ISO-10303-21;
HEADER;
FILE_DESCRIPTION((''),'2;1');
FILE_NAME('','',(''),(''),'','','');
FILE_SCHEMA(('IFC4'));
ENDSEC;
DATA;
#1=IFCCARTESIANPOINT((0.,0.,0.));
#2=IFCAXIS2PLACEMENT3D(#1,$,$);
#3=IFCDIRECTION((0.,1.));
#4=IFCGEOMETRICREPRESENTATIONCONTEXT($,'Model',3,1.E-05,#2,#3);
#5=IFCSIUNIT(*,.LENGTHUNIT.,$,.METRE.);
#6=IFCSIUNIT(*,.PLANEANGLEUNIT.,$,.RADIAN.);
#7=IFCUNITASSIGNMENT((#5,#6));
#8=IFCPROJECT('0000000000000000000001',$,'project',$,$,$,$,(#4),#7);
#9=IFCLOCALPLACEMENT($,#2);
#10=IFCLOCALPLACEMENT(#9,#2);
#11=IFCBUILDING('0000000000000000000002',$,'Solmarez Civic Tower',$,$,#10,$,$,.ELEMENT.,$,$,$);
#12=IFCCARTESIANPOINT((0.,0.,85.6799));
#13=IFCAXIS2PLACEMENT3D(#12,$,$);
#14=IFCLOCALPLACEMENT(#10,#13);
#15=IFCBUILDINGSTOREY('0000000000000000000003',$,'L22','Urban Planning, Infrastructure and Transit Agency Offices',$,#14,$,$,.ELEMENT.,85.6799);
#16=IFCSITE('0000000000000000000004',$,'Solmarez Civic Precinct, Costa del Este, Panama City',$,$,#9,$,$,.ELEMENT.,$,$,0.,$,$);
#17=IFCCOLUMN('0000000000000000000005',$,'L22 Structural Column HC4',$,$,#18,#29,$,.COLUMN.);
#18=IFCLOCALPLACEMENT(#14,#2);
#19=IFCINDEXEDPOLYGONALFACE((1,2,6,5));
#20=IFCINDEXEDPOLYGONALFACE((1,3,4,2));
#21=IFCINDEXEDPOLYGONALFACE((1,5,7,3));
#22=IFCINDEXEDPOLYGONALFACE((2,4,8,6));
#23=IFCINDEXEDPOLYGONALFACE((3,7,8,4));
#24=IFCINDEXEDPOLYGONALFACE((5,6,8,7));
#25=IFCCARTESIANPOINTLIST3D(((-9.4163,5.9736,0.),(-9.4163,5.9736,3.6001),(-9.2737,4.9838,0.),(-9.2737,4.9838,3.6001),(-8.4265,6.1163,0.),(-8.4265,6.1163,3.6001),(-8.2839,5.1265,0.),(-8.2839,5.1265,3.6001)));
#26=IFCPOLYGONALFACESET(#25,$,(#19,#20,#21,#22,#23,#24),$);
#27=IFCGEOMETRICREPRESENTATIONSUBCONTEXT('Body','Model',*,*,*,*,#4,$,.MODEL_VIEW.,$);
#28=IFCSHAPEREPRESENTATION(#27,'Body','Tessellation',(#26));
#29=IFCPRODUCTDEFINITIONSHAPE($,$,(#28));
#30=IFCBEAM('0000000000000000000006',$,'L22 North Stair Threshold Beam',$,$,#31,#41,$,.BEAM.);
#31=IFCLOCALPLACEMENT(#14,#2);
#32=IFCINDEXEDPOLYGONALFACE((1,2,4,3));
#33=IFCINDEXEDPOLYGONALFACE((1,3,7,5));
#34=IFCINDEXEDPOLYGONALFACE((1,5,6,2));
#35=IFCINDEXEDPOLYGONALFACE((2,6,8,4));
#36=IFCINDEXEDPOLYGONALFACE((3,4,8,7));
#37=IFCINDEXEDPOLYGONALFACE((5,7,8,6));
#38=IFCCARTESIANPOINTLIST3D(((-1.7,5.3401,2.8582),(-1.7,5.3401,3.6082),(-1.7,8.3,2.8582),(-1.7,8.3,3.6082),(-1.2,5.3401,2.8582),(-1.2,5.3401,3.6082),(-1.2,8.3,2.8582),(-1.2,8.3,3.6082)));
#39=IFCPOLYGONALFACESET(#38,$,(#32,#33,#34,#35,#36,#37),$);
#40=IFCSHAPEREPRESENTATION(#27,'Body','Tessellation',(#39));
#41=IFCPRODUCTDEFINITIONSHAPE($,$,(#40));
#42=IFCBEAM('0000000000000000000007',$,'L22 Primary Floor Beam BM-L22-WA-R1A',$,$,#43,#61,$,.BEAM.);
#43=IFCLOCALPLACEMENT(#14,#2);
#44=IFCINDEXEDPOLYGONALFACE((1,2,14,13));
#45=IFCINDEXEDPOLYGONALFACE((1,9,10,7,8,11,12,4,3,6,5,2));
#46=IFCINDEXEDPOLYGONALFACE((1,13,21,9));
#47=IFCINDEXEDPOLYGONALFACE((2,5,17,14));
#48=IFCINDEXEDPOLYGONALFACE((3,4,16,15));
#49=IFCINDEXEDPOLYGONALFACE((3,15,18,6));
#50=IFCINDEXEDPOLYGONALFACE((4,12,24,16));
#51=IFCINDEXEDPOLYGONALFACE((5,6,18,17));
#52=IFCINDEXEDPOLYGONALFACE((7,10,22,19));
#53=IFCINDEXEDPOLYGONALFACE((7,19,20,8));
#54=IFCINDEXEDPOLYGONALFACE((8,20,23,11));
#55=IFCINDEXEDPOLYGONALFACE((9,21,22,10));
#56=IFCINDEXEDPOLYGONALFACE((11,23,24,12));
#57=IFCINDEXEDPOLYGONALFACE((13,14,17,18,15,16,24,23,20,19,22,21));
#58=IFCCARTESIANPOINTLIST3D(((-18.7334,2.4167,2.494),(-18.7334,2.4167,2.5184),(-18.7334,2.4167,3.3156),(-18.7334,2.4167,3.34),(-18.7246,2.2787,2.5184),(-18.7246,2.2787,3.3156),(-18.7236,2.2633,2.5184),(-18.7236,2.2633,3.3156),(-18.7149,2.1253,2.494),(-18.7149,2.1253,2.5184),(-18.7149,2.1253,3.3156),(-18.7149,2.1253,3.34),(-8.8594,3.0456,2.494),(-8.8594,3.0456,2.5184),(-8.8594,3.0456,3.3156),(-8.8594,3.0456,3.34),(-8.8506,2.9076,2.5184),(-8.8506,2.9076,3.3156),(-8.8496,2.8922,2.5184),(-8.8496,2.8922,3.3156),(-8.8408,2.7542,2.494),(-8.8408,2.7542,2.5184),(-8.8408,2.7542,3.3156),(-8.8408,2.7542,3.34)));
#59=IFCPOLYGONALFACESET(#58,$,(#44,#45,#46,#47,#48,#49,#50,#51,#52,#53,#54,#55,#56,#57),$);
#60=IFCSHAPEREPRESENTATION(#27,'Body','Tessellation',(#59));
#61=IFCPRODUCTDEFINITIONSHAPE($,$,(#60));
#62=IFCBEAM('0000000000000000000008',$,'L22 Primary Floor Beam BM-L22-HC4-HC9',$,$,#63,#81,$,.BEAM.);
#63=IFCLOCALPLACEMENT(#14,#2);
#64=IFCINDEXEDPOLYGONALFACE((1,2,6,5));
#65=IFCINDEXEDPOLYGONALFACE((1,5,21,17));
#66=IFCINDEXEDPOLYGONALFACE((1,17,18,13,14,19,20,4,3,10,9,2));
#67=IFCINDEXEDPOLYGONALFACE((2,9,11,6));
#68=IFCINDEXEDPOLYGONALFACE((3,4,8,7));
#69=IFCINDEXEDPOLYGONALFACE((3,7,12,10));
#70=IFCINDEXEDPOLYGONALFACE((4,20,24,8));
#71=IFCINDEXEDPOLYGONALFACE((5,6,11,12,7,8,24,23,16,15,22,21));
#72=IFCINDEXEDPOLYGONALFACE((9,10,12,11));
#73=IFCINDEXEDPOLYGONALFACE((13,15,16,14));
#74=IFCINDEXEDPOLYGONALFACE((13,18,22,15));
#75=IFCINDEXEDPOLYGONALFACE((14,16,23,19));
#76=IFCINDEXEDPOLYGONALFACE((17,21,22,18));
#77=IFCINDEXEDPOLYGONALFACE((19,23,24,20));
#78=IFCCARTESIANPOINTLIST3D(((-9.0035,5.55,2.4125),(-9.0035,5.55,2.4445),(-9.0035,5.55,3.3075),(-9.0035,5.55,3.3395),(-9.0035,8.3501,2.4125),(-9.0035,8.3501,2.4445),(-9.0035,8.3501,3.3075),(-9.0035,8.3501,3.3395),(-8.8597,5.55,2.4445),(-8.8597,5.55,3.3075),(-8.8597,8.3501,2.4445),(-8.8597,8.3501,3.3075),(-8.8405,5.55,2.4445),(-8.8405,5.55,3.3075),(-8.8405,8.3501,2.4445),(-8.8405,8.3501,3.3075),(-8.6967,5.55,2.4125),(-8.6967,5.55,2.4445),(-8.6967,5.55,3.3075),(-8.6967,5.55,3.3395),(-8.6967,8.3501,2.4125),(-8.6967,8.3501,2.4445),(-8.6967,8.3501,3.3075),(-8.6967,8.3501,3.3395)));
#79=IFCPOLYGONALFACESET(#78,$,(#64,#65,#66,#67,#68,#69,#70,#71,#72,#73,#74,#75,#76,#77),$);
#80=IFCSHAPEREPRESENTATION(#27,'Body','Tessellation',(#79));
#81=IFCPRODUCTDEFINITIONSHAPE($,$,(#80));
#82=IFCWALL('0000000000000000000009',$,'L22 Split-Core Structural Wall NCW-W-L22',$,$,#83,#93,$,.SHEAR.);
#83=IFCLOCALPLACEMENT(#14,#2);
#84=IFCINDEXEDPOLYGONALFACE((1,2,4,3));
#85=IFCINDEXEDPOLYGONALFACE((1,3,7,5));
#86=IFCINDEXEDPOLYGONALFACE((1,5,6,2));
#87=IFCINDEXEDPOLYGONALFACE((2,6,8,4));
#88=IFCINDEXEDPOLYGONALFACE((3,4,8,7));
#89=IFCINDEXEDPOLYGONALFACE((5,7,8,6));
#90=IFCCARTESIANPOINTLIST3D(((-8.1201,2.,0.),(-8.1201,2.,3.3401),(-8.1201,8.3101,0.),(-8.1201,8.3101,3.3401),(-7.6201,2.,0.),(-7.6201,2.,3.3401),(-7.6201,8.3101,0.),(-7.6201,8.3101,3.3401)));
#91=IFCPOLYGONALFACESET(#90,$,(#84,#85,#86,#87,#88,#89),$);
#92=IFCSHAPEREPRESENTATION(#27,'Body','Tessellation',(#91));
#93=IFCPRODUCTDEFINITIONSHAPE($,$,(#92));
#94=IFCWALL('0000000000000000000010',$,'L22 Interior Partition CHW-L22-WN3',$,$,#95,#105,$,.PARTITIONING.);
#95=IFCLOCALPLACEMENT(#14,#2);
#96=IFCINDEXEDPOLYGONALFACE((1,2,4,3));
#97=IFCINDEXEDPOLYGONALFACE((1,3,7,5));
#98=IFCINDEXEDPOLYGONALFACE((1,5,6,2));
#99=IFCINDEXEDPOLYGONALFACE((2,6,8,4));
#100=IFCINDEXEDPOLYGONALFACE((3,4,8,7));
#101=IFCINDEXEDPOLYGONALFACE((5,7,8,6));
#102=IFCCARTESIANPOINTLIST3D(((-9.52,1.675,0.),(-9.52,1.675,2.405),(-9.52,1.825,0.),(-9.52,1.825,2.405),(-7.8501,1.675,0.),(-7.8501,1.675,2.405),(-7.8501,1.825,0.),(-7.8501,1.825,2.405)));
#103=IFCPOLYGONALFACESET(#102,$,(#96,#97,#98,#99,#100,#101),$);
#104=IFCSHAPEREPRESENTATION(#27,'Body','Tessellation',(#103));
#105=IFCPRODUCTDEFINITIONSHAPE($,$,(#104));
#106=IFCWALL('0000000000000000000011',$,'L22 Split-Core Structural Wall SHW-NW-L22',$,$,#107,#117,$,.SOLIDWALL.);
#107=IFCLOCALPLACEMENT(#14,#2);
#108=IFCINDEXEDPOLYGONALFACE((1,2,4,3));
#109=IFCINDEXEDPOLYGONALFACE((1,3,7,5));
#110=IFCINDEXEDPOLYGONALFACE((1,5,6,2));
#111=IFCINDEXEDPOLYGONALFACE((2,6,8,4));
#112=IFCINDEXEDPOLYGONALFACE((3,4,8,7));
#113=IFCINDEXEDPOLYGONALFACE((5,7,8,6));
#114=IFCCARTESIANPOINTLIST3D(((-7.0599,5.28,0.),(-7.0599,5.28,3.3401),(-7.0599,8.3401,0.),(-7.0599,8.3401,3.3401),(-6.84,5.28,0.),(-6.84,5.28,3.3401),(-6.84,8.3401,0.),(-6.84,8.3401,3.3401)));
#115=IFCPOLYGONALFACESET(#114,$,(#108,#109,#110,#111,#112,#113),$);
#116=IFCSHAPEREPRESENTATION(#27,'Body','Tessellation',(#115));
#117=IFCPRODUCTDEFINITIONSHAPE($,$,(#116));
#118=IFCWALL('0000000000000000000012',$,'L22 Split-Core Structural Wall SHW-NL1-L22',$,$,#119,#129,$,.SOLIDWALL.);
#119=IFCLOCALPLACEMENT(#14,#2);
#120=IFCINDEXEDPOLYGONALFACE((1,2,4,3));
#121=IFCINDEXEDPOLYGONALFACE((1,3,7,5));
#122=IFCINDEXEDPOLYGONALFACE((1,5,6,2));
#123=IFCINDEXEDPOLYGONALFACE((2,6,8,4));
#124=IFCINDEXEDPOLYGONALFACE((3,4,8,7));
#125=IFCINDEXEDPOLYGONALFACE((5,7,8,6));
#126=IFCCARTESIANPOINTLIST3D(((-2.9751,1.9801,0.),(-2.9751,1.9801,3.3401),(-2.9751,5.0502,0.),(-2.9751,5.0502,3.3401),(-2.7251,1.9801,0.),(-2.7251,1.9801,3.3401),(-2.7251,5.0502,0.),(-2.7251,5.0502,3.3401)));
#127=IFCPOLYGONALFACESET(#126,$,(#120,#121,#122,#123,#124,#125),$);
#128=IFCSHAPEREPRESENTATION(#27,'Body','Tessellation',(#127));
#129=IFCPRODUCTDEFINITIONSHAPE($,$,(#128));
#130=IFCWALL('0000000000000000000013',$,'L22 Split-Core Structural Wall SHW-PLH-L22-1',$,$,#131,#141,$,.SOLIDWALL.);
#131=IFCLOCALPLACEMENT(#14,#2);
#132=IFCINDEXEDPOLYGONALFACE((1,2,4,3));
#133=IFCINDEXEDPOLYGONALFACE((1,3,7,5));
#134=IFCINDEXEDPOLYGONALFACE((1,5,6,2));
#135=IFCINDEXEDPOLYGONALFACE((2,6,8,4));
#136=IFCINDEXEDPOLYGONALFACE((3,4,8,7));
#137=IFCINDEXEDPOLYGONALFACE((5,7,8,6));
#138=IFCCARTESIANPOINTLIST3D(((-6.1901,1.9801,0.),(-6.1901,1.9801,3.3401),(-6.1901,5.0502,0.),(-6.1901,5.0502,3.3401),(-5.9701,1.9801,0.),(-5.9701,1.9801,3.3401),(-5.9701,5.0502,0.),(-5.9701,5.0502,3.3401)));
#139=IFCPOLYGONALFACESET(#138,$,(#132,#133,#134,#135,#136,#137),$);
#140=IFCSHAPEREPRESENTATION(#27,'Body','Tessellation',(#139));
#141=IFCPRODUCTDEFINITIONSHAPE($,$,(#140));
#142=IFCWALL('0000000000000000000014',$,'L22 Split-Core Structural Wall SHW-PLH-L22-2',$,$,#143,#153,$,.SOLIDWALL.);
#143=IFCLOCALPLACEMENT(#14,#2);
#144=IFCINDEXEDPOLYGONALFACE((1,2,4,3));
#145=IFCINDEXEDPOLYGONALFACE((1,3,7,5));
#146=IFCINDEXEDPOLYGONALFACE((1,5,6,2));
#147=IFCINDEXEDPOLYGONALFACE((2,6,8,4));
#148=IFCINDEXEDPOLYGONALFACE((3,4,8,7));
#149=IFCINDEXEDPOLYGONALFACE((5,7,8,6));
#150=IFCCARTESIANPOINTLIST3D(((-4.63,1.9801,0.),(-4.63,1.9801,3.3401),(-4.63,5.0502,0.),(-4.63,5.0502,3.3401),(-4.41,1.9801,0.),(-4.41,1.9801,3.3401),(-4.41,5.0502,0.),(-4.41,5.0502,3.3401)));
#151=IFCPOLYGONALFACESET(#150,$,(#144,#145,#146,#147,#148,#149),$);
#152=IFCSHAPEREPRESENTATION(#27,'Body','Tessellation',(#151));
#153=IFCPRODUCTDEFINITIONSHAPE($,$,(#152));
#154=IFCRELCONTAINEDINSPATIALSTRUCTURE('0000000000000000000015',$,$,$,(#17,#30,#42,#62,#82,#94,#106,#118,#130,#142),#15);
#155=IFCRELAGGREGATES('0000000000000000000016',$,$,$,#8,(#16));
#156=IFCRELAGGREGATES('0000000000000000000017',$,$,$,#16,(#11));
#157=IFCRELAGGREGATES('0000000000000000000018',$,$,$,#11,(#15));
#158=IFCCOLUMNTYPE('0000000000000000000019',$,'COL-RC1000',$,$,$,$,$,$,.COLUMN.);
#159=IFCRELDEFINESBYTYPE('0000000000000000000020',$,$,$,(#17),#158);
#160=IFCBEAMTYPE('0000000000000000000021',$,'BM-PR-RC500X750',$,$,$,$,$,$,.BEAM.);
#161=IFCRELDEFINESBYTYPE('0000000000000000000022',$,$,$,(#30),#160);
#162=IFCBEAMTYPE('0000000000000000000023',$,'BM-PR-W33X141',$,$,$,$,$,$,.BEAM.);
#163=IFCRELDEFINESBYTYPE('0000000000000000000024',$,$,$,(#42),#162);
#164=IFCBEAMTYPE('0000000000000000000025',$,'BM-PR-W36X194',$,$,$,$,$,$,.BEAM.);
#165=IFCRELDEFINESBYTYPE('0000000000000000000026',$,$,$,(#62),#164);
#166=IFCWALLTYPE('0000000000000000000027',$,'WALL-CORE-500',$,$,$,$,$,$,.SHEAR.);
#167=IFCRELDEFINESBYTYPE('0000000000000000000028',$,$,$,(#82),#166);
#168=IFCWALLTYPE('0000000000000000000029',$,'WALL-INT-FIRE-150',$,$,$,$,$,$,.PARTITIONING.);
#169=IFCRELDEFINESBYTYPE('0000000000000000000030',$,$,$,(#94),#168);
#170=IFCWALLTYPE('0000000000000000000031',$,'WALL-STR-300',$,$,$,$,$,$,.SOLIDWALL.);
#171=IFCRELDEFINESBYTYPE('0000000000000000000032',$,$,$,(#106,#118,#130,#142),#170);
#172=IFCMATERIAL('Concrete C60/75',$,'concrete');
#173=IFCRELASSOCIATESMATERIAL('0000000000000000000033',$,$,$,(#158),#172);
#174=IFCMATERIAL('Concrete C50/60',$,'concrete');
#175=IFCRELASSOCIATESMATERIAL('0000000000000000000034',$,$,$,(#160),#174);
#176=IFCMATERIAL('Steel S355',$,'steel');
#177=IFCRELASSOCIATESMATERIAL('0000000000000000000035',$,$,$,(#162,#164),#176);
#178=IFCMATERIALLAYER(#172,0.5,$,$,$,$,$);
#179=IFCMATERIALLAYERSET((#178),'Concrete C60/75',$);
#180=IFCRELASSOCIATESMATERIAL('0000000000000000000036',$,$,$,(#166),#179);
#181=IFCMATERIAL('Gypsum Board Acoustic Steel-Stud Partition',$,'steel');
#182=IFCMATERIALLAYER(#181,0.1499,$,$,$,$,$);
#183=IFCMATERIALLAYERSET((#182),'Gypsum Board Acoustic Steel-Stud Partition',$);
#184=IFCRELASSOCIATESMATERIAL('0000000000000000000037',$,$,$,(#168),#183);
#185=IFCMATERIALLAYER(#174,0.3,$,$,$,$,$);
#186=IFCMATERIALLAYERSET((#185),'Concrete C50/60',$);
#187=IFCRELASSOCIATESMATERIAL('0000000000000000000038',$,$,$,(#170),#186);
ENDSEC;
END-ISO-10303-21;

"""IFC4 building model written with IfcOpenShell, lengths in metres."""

from ifc_helpers import new_model, si_unit, direction, frame, frame_2d, origin, origin_2d, place, context, subcontext, project, spatial, rectangle, i_section, extrude, material, layer, layer_set, material_profile, profile_set, type_object, element, save


model = new_model("IFC4")

# Units and contexts
model_context = context("Model", 3, precision=1e-05, world=origin(), true_north=direction((0.0, 1.0)))
body_context = subcontext(model_context, "Body", "Model", "MODEL_VIEW")
ifc_project = project(units=[si_unit("LENGTHUNIT", "METRE"), si_unit("PLANEANGLEUNIT", "RADIAN")], contexts=[model_context])

# Site, building, storey
site_placement = place(None, origin())
site = spatial("IfcSite", under=ifc_project, at=site_placement, Name="Solmarez Civic Precinct, Costa del Este, Panama City", CompositionType="ELEMENT", RefElevation=0.0)
building_placement = place(site_placement, origin())
building = spatial("IfcBuilding", under=site, at=building_placement, Name="Solmarez Civic Tower", CompositionType="ELEMENT")
storey_placement = place(building_placement, frame((0.0, 0.0, 85.6799)))
storey = spatial("IfcBuildingStorey", under=building, at=storey_placement, Name="L22", Description="Urban Planning, Infrastructure and Transit Agency Offices", CompositionType="ELEMENT", Elevation=85.6799)

# Column
ifc_material_1 = material(Name="Concrete C60/75", Category="concrete")
ifc_material_profile_1 = material_profile(ifc_material_1, rectangle(XDim=1.0, YDim=1.0, at=origin_2d()), Name="RC1000X1000")
ifc_profile_set_1 = profile_set([ifc_material_profile_1], Name="Concrete C60/75")
column_type = type_object("IfcColumnType", Name="COL-RC1000", PredefinedType="COLUMN", material=ifc_profile_set_1)
column_placement = place(storey_placement, frame((-8.8501, 5.55, 0.0), z_axis=(0.0, 0.0, 1.0), x_axis=(0.989776, 0.142629, 0.0)))
element("IfcColumn", 1, at=column_placement, inside=storey, type_object=column_type, Name="L22 Structural Column HC4", PredefinedType="COLUMN", context=body_context, shape_type="SweptSolid", body=[
    extrude(rectangle(XDim=1.0, YDim=1.0, at=origin_2d()), origin(), (0.0, 0.0, 1.0), 3.6001),
])

# Beams
ifc_material_2 = material(Name="Concrete C50/60", Category="concrete")
ifc_material_profile_2 = material_profile(ifc_material_2, rectangle(XDim=0.5, YDim=0.75, at=origin_2d()), Name="RC500X750")
ifc_profile_set_2 = profile_set([ifc_material_profile_2], Name="Concrete C50/60")
beam_type_1 = type_object("IfcBeamType", Name="BM-PR-RC500X750", PredefinedType="BEAM", material=ifc_profile_set_2)
beam_1_placement = place(storey_placement, frame((-1.45, 5.3401, 3.2332), z_axis=(0.0, 1.0, 0.0), x_axis=(-1.0, 0.0, 0.0)))
element("IfcBeam", 2, at=beam_1_placement, inside=storey, type_object=beam_type_1, Name="L22 North Stair Threshold Beam", PredefinedType="BEAM", context=body_context, shape_type="SweptSolid", body=[
    extrude(rectangle(XDim=0.5, YDim=0.75, at=origin_2d()), origin(), (0.0, 0.0, 1.0), 2.96),
])
ifc_material_3 = material(Name="Steel S355", Category="steel")
ifc_material_profile_3 = material_profile(ifc_material_3, i_section(OverallWidth=0.292, OverallDepth=0.8459, WebThickness=0.0154, FlangeThickness=0.0244, at=origin_2d()), Name="W33X141")
ifc_profile_set_3 = profile_set([ifc_material_profile_3], Name="Steel S355")
beam_type_2 = type_object("IfcBeamType", Name="BM-PR-W33X141", PredefinedType="BEAM", material=ifc_profile_set_3)
beam_2_placement = place(storey_placement, frame((-8.8501, 2.8999, 2.917), z_axis=(-0.997978, -0.063564, 0.0), x_axis=(0.063564, -0.997978, 0.0)))
element("IfcBeam", 3, at=beam_2_placement, inside=storey, type_object=beam_type_2, Name="L22 Primary Floor Beam BM-L22-WA-R1A", PredefinedType="BEAM", context=body_context, shape_type="SweptSolid", body=[
    extrude(i_section(OverallWidth=0.292, OverallDepth=0.8459, WebThickness=0.0154, FlangeThickness=0.0244, at=origin_2d()), origin(), (0.0, 0.0, 1.0), 9.894),
])
ifc_material_profile_4 = material_profile(ifc_material_3, i_section(OverallWidth=0.3069, OverallDepth=0.927, WebThickness=0.0193, FlangeThickness=0.032, at=origin_2d()), Name="W36X194")
ifc_profile_set_4 = profile_set([ifc_material_profile_4], Name="Steel S355")
beam_type_3 = type_object("IfcBeamType", Name="BM-PR-W36X194", PredefinedType="BEAM", material=ifc_profile_set_4)
beam_3_placement = place(storey_placement, frame((-8.8501, 5.55, 2.876), z_axis=(0.0, 1.0, 0.0), x_axis=(-1.0, 0.0, 0.0)))
element("IfcBeam", 4, at=beam_3_placement, inside=storey, type_object=beam_type_3, Name="L22 Primary Floor Beam BM-L22-HC4-HC9", PredefinedType="BEAM", context=body_context, shape_type="SweptSolid", body=[
    extrude(i_section(OverallWidth=0.3069, OverallDepth=0.927, WebThickness=0.0193, FlangeThickness=0.032, at=origin_2d()), origin(), (0.0, 0.0, 1.0), 2.8),
])

# Walls
ifc_layer_1 = layer(ifc_material_1, 0.5)
ifc_layer_set_1 = layer_set([ifc_layer_1], Name="Concrete C60/75")
wall_type_1 = type_object("IfcWallType", Name="WALL-CORE-500", PredefinedType="SHEAR", material=ifc_layer_set_1)
wall_1_placement = place(storey_placement, frame((-7.8701, 2.0, 0.0), z_axis=(0.0, 0.0, 1.0), x_axis=(0.0, 1.0, 0.0)))
element("IfcWall", 5, at=wall_1_placement, inside=storey, type_object=wall_type_1, Name="L22 Split-Core Structural Wall NCW-W-L22", PredefinedType="SHEAR", context=body_context, shape_type="SweptSolid", body=[
    extrude(rectangle(XDim=6.3101, YDim=0.5, at=frame_2d((3.155, 0.0))), origin(), (0.0, 0.0, 1.0), 3.3401),
])
ifc_material_4 = material(Name="Gypsum Board Acoustic Steel-Stud Partition", Category="steel")
ifc_layer_2 = layer(ifc_material_4, 0.1499)
ifc_layer_set_2 = layer_set([ifc_layer_2], Name="Gypsum Board Acoustic Steel-Stud Partition")
wall_type_2 = type_object("IfcWallType", Name="WALL-INT-FIRE-150", PredefinedType="PARTITIONING", material=ifc_layer_set_2)
wall_2_placement = place(storey_placement, frame((-7.8501, 1.75, 0.0), z_axis=(0.0, 0.0, 1.0), x_axis=(-1.0, 0.0, 0.0)))
element("IfcWall", 6, at=wall_2_placement, inside=storey, type_object=wall_type_2, Name="L22 Interior Partition CHW-L22-WN3", PredefinedType="PARTITIONING", context=body_context, shape_type="SweptSolid", body=[
    extrude(rectangle(XDim=1.6699, YDim=0.1499, at=frame_2d((0.835, 0.0))), origin(), (0.0, 0.0, 1.0), 2.405),
])
ifc_layer_3 = layer(ifc_material_2, 0.3)
ifc_layer_set_3 = layer_set([ifc_layer_3], Name="Concrete C50/60")
wall_type_3 = type_object("IfcWallType", Name="WALL-STR-300", PredefinedType="SOLIDWALL", material=ifc_layer_set_3)
wall_3_placement = place(storey_placement, frame((-6.95, 5.28, 0.0), z_axis=(0.0, 0.0, 1.0), x_axis=(0.0, 1.0, 0.0)))
element("IfcWall", 7, at=wall_3_placement, inside=storey, type_object=wall_type_3, Name="L22 Split-Core Structural Wall SHW-NW-L22", PredefinedType="SOLIDWALL", context=body_context, shape_type="SweptSolid", body=[
    extrude(rectangle(XDim=3.0601, YDim=0.22, at=frame_2d((1.53, 0.0))), origin(), (0.0, 0.0, 1.0), 3.3401),
])
wall_4_placement = place(storey_placement, frame((-2.8501, 1.98, 0.0), z_axis=(0.0, 0.0, 1.0), x_axis=(0.0, 1.0, 0.0)))
element("IfcWall", 8, at=wall_4_placement, inside=storey, type_object=wall_type_3, Name="L22 Split-Core Structural Wall SHW-NL1-L22", PredefinedType="SOLIDWALL", context=body_context, shape_type="SweptSolid", body=[
    extrude(rectangle(XDim=3.0701, YDim=0.25, at=frame_2d((1.5352, 0.0))), origin(), (0.0, 0.0, 1.0), 3.3401),
])
for number, where, z_axis, x_axis, name in (
    (9, (-6.0801, 1.98, 0.0), (0.0, 0.0, 1.0), (0.0, 1.0, 0.0), "L22 Split-Core Structural Wall SHW-PLH-L22-1"),
    (10, (-4.52, 1.98, 0.0), (0.0, 0.0, 1.0), (0.0, 1.0, 0.0), "L22 Split-Core Structural Wall SHW-PLH-L22-2"),
):
    element("IfcWall", number, at=place(storey_placement, frame(where, z_axis=z_axis, x_axis=x_axis)), inside=storey, type_object=wall_type_3, Name=name, PredefinedType="SOLIDWALL", context=body_context, shape_type="SweptSolid", body=[
        extrude(rectangle(XDim=3.0701, YDim=0.22, at=frame_2d((1.5352, 0.0))), origin(), (0.0, 0.0, 1.0), 3.3401),
    ])

save(model, "model.ifc")
